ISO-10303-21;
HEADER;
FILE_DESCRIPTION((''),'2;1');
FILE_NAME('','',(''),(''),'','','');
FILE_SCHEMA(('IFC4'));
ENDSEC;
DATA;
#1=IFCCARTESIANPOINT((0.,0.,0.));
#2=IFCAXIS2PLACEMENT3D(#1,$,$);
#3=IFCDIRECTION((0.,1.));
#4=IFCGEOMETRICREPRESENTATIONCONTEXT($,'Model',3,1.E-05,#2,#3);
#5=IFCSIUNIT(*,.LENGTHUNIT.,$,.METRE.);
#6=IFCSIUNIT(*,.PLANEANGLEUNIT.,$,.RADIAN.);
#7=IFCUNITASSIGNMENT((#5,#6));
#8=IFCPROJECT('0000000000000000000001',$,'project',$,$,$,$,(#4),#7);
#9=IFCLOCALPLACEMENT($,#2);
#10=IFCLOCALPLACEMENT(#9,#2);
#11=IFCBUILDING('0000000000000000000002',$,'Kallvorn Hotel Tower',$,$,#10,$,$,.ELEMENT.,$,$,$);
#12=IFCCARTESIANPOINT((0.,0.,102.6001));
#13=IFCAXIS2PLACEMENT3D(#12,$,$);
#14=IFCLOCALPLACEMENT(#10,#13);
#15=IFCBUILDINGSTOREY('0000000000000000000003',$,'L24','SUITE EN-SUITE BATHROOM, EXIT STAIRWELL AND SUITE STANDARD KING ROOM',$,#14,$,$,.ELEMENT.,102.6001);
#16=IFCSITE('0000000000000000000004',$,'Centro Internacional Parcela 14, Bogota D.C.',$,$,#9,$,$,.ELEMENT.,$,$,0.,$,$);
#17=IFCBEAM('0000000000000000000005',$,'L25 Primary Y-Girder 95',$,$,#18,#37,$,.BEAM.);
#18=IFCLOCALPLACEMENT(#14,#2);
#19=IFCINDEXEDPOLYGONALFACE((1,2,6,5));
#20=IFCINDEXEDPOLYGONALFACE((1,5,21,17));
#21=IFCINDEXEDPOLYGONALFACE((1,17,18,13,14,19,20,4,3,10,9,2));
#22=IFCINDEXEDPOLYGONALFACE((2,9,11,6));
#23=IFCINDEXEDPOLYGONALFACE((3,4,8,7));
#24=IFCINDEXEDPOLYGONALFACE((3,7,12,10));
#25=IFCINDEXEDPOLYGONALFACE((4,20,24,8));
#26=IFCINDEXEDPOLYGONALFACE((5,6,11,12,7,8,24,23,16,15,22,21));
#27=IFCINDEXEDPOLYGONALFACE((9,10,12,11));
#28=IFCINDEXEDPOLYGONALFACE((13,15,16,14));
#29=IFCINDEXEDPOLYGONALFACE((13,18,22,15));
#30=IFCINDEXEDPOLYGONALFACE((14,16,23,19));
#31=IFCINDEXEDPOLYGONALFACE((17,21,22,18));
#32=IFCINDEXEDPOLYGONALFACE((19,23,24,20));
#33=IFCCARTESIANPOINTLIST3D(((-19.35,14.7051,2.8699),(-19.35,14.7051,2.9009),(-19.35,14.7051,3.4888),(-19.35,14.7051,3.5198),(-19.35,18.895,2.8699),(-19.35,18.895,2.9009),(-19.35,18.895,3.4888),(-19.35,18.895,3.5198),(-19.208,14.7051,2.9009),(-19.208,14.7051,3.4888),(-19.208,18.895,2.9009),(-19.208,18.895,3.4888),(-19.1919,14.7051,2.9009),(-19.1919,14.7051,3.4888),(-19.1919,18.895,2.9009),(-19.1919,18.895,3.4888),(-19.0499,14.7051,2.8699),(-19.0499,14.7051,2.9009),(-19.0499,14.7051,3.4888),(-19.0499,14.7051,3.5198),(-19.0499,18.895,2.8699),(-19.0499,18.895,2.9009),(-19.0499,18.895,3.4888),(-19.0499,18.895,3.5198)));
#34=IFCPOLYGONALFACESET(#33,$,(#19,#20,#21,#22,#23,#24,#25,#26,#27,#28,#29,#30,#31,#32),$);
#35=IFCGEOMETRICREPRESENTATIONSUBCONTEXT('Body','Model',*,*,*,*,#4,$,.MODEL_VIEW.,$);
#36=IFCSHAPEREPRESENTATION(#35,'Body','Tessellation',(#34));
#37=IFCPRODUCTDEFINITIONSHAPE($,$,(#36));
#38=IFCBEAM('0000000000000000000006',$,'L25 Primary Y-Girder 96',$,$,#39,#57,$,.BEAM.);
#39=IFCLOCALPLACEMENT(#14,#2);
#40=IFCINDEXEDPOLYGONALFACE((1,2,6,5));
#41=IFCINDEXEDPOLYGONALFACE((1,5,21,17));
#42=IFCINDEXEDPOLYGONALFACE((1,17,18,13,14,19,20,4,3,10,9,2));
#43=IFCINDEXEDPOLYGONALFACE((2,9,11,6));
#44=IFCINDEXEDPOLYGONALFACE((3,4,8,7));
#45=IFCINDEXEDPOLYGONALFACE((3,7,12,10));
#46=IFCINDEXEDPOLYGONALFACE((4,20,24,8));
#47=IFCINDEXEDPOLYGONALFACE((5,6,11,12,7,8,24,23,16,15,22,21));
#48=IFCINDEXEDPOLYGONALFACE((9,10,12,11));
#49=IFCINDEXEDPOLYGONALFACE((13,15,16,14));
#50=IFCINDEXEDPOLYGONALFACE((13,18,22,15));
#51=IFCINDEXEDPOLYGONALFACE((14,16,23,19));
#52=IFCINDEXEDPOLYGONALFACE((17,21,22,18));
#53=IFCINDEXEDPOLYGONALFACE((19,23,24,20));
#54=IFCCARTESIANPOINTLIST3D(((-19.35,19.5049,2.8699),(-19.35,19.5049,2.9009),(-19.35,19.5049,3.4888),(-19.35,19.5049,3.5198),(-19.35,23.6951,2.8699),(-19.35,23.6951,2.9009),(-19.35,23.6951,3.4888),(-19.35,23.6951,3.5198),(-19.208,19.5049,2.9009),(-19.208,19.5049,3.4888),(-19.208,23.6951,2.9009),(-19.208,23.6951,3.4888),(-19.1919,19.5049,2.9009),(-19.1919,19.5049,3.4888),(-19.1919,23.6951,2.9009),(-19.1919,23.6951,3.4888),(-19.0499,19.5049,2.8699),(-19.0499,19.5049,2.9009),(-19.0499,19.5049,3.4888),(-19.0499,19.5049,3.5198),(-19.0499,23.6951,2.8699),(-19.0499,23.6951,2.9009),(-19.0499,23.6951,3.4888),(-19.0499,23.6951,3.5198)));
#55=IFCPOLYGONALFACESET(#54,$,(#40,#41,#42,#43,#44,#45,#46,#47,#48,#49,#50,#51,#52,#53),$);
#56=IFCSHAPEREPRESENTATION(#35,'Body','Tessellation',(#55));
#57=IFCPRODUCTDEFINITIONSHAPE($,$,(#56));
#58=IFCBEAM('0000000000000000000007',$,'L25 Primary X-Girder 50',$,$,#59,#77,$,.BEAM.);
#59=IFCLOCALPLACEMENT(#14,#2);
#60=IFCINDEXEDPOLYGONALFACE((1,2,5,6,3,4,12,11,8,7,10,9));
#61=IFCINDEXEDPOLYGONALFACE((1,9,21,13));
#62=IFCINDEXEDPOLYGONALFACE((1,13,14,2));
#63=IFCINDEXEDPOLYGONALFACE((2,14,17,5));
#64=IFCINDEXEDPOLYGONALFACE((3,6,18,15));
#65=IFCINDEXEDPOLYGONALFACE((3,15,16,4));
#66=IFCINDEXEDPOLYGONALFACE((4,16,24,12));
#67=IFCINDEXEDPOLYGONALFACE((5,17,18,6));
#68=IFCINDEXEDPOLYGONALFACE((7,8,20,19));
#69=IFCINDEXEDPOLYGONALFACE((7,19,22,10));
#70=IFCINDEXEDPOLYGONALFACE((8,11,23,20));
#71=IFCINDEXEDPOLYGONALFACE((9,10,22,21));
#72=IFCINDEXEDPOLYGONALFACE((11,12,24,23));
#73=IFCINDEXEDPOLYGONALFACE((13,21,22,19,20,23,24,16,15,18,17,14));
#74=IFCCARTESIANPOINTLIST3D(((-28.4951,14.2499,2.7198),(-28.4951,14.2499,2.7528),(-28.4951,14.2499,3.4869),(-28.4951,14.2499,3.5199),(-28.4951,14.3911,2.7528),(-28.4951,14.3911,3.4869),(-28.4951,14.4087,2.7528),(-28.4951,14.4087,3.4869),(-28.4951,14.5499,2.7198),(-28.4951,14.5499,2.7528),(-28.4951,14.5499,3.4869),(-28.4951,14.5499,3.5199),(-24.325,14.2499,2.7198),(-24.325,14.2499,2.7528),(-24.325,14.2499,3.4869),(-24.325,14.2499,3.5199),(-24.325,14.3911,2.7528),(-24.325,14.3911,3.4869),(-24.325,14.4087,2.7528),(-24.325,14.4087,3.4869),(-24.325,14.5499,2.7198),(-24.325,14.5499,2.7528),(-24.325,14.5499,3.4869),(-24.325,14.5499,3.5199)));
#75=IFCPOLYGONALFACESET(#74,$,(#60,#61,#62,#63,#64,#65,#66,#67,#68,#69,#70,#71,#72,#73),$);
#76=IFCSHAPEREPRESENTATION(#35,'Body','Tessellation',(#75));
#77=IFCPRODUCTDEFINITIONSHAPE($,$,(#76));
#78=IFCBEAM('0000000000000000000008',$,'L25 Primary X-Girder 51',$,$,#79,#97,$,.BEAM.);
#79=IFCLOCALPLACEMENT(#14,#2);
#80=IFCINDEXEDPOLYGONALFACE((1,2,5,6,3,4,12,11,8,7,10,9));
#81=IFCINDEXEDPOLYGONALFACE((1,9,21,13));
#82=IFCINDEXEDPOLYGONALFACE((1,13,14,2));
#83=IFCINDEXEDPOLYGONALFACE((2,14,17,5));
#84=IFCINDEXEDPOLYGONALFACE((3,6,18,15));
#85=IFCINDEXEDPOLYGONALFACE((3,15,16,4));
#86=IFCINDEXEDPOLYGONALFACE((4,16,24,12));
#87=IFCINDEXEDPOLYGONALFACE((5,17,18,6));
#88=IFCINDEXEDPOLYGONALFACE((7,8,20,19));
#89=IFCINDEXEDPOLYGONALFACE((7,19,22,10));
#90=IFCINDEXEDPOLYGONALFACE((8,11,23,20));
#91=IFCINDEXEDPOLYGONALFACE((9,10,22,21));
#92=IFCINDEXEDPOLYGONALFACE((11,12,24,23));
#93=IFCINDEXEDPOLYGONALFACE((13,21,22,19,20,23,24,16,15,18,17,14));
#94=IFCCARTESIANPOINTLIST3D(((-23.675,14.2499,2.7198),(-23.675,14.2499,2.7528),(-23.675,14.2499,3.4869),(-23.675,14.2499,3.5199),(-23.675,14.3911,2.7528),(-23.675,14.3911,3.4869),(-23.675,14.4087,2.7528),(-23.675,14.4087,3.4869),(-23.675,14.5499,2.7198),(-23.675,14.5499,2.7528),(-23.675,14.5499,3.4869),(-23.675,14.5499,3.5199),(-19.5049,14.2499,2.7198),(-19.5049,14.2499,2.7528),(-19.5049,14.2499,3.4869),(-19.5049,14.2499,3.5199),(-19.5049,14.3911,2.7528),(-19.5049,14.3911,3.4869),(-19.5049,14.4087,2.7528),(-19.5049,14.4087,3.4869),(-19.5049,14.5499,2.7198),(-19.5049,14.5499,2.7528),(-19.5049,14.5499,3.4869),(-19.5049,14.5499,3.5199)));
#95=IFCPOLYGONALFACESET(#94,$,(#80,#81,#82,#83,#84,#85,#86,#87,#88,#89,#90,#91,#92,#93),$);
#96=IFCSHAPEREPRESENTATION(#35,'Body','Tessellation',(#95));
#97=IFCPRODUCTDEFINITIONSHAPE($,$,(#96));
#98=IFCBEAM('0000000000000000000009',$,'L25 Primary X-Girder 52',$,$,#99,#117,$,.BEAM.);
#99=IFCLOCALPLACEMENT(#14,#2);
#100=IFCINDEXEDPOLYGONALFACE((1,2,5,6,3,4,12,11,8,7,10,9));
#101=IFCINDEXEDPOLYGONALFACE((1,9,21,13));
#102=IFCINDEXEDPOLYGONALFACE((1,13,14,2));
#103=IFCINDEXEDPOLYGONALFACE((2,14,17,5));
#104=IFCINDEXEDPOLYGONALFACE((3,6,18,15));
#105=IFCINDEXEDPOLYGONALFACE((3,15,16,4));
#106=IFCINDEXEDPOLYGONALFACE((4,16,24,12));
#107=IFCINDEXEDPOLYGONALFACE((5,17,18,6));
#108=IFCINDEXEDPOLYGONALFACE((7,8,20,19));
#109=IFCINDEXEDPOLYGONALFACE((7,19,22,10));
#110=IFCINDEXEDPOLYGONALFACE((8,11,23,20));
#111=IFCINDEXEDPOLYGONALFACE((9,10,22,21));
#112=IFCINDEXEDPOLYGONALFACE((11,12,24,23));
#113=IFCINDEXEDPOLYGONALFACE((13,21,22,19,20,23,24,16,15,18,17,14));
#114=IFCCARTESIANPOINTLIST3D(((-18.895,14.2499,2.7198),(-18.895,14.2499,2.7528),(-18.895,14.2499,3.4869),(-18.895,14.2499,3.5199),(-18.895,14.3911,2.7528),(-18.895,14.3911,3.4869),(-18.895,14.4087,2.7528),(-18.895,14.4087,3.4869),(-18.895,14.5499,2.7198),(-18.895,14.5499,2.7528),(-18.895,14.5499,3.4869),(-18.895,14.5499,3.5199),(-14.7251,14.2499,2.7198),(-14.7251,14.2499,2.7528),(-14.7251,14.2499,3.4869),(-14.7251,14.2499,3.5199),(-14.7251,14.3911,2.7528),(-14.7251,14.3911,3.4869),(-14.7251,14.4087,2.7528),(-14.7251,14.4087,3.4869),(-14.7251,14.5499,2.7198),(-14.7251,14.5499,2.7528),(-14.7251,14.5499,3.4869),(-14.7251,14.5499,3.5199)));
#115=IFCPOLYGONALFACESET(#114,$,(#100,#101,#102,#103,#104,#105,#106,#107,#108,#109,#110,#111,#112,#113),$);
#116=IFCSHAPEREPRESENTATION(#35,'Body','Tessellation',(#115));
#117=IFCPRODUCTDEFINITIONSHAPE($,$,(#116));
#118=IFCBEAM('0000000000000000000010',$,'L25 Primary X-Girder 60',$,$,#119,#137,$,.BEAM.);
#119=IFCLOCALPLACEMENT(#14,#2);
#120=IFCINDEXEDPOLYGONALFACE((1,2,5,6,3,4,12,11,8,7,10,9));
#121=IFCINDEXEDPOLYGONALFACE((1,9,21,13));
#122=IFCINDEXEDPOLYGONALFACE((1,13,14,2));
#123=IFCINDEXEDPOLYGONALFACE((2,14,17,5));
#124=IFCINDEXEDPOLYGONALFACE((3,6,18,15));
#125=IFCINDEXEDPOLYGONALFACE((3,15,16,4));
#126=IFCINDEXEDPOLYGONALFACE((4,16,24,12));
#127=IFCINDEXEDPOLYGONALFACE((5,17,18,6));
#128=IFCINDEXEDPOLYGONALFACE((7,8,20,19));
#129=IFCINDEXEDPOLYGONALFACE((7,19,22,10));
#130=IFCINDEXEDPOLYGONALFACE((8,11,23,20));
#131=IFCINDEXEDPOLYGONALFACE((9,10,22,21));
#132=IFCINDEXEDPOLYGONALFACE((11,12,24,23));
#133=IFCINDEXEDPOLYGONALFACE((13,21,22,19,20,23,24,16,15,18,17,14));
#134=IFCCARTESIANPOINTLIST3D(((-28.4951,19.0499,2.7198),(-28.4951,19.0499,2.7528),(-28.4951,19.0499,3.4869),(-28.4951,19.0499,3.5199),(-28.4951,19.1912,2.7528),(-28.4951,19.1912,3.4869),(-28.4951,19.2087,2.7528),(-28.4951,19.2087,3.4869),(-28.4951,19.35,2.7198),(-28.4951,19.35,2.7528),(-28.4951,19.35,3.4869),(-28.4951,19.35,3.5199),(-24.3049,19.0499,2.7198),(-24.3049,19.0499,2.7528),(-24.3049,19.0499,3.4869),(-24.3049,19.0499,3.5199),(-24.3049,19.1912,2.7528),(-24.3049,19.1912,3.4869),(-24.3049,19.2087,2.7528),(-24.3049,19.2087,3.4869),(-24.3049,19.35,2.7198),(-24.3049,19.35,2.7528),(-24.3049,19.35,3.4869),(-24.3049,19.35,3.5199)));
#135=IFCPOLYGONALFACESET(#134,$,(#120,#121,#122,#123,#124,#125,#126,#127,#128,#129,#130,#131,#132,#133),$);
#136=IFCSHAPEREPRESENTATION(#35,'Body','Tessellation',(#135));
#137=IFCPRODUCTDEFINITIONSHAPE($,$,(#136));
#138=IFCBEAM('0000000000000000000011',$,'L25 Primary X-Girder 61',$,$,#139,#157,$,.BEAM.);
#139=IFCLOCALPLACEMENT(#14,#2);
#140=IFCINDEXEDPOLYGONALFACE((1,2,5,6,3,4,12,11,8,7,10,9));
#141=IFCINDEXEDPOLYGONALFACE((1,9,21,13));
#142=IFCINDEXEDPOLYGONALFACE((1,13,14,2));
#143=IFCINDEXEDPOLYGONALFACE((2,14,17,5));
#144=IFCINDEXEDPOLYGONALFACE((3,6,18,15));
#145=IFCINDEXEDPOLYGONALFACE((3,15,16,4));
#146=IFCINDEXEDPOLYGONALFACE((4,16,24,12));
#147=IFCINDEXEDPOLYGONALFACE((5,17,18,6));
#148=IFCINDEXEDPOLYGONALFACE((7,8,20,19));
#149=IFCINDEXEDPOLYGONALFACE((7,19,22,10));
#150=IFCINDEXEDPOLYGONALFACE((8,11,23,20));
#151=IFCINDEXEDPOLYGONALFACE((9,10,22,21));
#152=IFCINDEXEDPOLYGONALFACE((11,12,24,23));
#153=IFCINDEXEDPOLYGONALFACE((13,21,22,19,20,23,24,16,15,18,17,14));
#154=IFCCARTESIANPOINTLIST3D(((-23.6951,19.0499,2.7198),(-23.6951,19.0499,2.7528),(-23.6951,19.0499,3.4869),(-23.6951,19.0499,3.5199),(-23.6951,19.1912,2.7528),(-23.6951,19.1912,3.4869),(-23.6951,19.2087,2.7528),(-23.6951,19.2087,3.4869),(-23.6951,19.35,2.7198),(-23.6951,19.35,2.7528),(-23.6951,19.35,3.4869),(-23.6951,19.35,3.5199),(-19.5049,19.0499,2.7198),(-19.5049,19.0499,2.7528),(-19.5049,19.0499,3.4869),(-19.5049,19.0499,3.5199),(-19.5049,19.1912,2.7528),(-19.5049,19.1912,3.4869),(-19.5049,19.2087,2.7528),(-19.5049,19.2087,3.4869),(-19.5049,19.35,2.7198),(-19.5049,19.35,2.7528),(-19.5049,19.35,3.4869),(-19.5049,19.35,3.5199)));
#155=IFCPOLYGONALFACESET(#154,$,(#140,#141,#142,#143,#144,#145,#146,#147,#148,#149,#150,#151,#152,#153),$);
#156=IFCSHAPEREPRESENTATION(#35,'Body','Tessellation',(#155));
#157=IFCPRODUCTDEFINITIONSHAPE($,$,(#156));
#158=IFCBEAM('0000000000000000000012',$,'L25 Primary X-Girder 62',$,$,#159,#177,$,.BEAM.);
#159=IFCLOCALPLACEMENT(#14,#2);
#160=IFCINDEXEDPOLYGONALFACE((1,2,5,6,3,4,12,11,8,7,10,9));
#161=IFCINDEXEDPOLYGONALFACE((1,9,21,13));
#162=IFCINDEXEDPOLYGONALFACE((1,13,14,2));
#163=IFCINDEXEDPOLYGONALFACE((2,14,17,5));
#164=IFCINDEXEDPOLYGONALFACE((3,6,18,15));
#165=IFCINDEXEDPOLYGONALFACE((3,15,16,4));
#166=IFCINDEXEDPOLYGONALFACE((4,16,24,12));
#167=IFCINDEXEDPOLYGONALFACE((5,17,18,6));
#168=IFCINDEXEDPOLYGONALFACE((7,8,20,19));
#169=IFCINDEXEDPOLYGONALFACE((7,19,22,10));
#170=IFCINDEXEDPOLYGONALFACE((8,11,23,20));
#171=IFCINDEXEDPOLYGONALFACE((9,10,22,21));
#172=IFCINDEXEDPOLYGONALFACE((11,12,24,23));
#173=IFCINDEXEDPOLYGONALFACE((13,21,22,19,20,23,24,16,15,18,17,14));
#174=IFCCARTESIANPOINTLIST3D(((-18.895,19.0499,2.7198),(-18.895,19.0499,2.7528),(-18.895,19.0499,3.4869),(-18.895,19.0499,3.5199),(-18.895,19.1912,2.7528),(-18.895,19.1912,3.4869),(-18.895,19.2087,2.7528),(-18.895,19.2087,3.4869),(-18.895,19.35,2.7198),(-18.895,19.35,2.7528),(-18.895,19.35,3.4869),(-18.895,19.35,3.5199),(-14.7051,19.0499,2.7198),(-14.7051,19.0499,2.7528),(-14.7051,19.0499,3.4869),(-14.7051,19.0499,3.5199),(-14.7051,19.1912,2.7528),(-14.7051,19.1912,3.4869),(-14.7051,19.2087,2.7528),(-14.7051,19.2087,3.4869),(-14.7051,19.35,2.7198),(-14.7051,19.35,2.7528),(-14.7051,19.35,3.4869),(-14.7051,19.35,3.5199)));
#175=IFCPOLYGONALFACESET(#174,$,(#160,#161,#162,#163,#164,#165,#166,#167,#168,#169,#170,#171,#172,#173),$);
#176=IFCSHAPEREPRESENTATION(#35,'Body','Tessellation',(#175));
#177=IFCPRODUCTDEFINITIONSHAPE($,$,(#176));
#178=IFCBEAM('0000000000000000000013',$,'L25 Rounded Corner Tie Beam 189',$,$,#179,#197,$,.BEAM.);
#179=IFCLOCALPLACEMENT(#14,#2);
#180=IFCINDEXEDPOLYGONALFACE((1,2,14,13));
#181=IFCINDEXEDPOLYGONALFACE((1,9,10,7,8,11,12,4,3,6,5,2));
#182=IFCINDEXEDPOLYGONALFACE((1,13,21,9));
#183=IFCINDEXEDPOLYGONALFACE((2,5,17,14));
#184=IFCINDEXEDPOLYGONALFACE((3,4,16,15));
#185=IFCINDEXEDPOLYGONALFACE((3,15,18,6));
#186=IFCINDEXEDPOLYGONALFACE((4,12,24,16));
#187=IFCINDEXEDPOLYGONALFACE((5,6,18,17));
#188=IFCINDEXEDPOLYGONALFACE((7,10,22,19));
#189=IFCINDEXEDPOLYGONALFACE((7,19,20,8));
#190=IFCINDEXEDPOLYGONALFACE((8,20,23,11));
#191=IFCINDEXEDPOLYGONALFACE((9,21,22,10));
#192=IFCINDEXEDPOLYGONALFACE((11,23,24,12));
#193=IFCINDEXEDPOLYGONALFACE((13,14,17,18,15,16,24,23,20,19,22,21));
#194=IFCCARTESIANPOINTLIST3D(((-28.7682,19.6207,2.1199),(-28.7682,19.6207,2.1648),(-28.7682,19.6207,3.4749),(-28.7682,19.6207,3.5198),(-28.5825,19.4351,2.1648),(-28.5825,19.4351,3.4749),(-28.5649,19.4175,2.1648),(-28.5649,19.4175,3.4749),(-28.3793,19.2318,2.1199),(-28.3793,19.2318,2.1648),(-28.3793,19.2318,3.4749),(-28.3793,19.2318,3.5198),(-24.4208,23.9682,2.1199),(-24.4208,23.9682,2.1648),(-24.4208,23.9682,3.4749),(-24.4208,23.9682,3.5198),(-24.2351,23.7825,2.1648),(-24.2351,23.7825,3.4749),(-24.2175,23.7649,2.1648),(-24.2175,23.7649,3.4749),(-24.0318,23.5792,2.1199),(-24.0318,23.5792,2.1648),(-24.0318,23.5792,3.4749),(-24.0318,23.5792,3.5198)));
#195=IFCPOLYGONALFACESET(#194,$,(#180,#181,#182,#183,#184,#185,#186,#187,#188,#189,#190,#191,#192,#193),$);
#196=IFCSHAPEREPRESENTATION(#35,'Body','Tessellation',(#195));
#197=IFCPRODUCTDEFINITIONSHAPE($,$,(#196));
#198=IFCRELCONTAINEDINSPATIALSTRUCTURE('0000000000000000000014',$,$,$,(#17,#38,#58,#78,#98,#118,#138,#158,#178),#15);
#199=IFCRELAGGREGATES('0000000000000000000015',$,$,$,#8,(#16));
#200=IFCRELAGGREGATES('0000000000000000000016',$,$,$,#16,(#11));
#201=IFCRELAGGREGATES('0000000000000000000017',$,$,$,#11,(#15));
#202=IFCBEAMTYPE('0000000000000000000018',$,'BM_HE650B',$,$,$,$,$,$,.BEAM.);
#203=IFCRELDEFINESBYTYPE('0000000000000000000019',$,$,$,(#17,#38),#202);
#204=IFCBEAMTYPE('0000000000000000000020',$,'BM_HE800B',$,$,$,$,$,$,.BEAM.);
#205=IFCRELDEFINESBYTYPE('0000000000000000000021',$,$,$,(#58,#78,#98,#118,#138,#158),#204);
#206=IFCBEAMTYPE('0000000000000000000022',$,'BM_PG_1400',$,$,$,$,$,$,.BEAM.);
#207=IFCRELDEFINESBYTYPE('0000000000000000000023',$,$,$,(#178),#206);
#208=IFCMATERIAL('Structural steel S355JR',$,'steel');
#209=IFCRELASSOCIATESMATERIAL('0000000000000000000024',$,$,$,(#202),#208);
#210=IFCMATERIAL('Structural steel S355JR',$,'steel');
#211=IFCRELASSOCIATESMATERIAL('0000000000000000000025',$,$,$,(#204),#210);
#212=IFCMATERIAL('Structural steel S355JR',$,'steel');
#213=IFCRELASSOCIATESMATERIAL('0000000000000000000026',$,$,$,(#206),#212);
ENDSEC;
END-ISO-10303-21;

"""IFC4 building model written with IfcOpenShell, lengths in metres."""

from ifc_helpers import new_model, si_unit, direction, frame, origin, origin_2d, place, context, subcontext, project, spatial, i_section, extrude, material, material_profile, profile_set, type_object, element, save


model = new_model("IFC4")

# Units and contexts
model_context = context("Model", 3, precision=1e-05, world=origin(), true_north=direction((0.0, 1.0)))
body_context = subcontext(model_context, "Body", "Model", "MODEL_VIEW")
ifc_project = project(units=[si_unit("LENGTHUNIT", "METRE"), si_unit("PLANEANGLEUNIT", "RADIAN")], contexts=[model_context])

# Site, building, storey
site_placement = place(None, origin())
site = spatial("IfcSite", under=ifc_project, at=site_placement, Name="Centro Internacional Parcela 14, Bogota D.C.", CompositionType="ELEMENT", RefElevation=0.0)
building_placement = place(site_placement, origin())
building = spatial("IfcBuilding", under=site, at=building_placement, Name="Kallvorn Hotel Tower", CompositionType="ELEMENT")
storey_placement = place(building_placement, frame((0.0, 0.0, 102.6001)))
storey = spatial("IfcBuildingStorey", under=building, at=storey_placement, Name="L24", Description="SUITE EN-SUITE BATHROOM, EXIT STAIRWELL AND SUITE STANDARD KING ROOM", CompositionType="ELEMENT", Elevation=102.6001)

# Beams
ifc_material_1 = material(Name="Structural steel S355JR", Category="steel")
ifc_material_profile_1 = material_profile(ifc_material_1, i_section(OverallWidth=0.3, OverallDepth=0.6499, WebThickness=0.0161, FlangeThickness=0.031, at=origin_2d()), Name="HE 650 B")
ifc_profile_set_1 = profile_set([ifc_material_profile_1], Name="Structural steel S355JR")
beam_type_1 = type_object("IfcBeamType", Name="BM_HE650B", PredefinedType="BEAM", material=ifc_profile_set_1)
beam_1_placement = place(storey_placement, frame((-19.2, 14.7051, 3.1948), z_axis=(0.0, 1.0, 0.0), x_axis=(-1.0, 0.0, 0.0)))
element("IfcBeam", 1, at=beam_1_placement, inside=storey, type_object=beam_type_1, Name="L25 Primary Y-Girder 95", PredefinedType="BEAM", context=body_context, shape_type="SweptSolid", body=[
    extrude(i_section(OverallWidth=0.3, OverallDepth=0.6499, WebThickness=0.0161, FlangeThickness=0.031, at=origin_2d()), origin(), (0.0, 0.0, 1.0), 4.1899),
])
beam_2_placement = place(storey_placement, frame((-19.2, 19.5049, 3.1948), z_axis=(0.0, 1.0, 0.0), x_axis=(-1.0, 0.0, 0.0)))
element("IfcBeam", 2, at=beam_2_placement, inside=storey, type_object=beam_type_1, Name="L25 Primary Y-Girder 96", PredefinedType="BEAM", context=body_context, shape_type="SweptSolid", body=[
    extrude(i_section(OverallWidth=0.3, OverallDepth=0.6499, WebThickness=0.0161, FlangeThickness=0.031, at=origin_2d()), origin(), (0.0, 0.0, 1.0), 4.1902),
])
ifc_material_2 = material(Name="Structural steel S355JR", Category="steel")
ifc_material_profile_2 = material_profile(ifc_material_2, i_section(OverallWidth=0.3, OverallDepth=0.8, WebThickness=0.0176, FlangeThickness=0.033, at=origin_2d()), Name="HE 800 B")
ifc_profile_set_2 = profile_set([ifc_material_profile_2], Name="Structural steel S355JR")
beam_type_2 = type_object("IfcBeamType", Name="BM_HE800B", PredefinedType="BEAM", material=ifc_profile_set_2)
for number, where, z_axis, x_axis, name in (
    (3, (-28.4951, 14.3999, 3.1199), (1.0, 0.0, 0.0), (0.0, 1.0, 0.0), "L25 Primary X-Girder 50"),
    (4, (-23.675, 14.3999, 3.1199), (1.0, 0.0, 0.0), (0.0, 1.0, 0.0), "L25 Primary X-Girder 51"),
):
    element("IfcBeam", number, at=place(storey_placement, frame(where, z_axis=z_axis, x_axis=x_axis)), inside=storey, type_object=beam_type_2, Name=name, PredefinedType="BEAM", context=body_context, shape_type="SweptSolid", body=[
        extrude(i_section(OverallWidth=0.3, OverallDepth=0.8, WebThickness=0.0176, FlangeThickness=0.033, at=origin_2d()), origin(), (0.0, 0.0, 1.0), 4.1702),
    ])
beam_3_placement = place(storey_placement, frame((-18.895, 14.3999, 3.1199), z_axis=(1.0, 0.0, 0.0), x_axis=(0.0, 1.0, 0.0)))
element("IfcBeam", 5, at=beam_3_placement, inside=storey, type_object=beam_type_2, Name="L25 Primary X-Girder 52", PredefinedType="BEAM", context=body_context, shape_type="SweptSolid", body=[
    extrude(i_section(OverallWidth=0.3, OverallDepth=0.8, WebThickness=0.0176, FlangeThickness=0.033, at=origin_2d()), origin(), (0.0, 0.0, 1.0), 4.1699),
])
for number, where, z_axis, x_axis, name in (
    (6, (-28.4951, 19.2, 3.1199), (1.0, 0.0, 0.0), (0.0, 1.0, 0.0), "L25 Primary X-Girder 60"),
    (7, (-23.6951, 19.2, 3.1199), (1.0, 0.0, 0.0), (0.0, 1.0, 0.0), "L25 Primary X-Girder 61"),
):
    element("IfcBeam", number, at=place(storey_placement, frame(where, z_axis=z_axis, x_axis=x_axis)), inside=storey, type_object=beam_type_2, Name=name, PredefinedType="BEAM", context=body_context, shape_type="SweptSolid", body=[
        extrude(i_section(OverallWidth=0.3, OverallDepth=0.8, WebThickness=0.0176, FlangeThickness=0.033, at=origin_2d()), origin(), (0.0, 0.0, 1.0), 4.1902),
    ])
beam_4_placement = place(storey_placement, frame((-18.895, 19.2, 3.1199), z_axis=(1.0, 0.0, 0.0), x_axis=(0.0, 1.0, 0.0)))
element("IfcBeam", 8, at=beam_4_placement, inside=storey, type_object=beam_type_2, Name="L25 Primary X-Girder 62", PredefinedType="BEAM", context=body_context, shape_type="SweptSolid", body=[
    extrude(i_section(OverallWidth=0.3, OverallDepth=0.8, WebThickness=0.0176, FlangeThickness=0.033, at=origin_2d()), origin(), (0.0, 0.0, 1.0), 4.1899),
])
ifc_material_3 = material(Name="Structural steel S355JR", Category="steel")
ifc_material_profile_3 = material_profile(ifc_material_3, i_section(OverallWidth=0.55, OverallDepth=1.3999, WebThickness=0.0249, FlangeThickness=0.0449, at=origin_2d()), Name="PG 1400x550x25x45")
ifc_profile_set_3 = profile_set([ifc_material_profile_3], Name="Structural steel S355JR")
beam_type_3 = type_object("IfcBeamType", Name="BM_PG_1400", PredefinedType="BEAM", material=ifc_profile_set_3)
beam_5_placement = place(storey_placement, frame((-28.5737, 19.4263, 2.8198), z_axis=(0.707107, 0.707107, 0.0), x_axis=(-0.707107, 0.707107, 0.0)))
element("IfcBeam", 9, at=beam_5_placement, inside=storey, type_object=beam_type_3, Name="L25 Rounded Corner Tie Beam 189", PredefinedType="BEAM", context=body_context, shape_type="SweptSolid", body=[
    extrude(i_section(OverallWidth=0.55, OverallDepth=1.3999, WebThickness=0.0249, FlangeThickness=0.0449, at=origin_2d()), origin(), (0.0, 0.0, 1.0), 6.1482),
])

save(model, "model.ifc")
